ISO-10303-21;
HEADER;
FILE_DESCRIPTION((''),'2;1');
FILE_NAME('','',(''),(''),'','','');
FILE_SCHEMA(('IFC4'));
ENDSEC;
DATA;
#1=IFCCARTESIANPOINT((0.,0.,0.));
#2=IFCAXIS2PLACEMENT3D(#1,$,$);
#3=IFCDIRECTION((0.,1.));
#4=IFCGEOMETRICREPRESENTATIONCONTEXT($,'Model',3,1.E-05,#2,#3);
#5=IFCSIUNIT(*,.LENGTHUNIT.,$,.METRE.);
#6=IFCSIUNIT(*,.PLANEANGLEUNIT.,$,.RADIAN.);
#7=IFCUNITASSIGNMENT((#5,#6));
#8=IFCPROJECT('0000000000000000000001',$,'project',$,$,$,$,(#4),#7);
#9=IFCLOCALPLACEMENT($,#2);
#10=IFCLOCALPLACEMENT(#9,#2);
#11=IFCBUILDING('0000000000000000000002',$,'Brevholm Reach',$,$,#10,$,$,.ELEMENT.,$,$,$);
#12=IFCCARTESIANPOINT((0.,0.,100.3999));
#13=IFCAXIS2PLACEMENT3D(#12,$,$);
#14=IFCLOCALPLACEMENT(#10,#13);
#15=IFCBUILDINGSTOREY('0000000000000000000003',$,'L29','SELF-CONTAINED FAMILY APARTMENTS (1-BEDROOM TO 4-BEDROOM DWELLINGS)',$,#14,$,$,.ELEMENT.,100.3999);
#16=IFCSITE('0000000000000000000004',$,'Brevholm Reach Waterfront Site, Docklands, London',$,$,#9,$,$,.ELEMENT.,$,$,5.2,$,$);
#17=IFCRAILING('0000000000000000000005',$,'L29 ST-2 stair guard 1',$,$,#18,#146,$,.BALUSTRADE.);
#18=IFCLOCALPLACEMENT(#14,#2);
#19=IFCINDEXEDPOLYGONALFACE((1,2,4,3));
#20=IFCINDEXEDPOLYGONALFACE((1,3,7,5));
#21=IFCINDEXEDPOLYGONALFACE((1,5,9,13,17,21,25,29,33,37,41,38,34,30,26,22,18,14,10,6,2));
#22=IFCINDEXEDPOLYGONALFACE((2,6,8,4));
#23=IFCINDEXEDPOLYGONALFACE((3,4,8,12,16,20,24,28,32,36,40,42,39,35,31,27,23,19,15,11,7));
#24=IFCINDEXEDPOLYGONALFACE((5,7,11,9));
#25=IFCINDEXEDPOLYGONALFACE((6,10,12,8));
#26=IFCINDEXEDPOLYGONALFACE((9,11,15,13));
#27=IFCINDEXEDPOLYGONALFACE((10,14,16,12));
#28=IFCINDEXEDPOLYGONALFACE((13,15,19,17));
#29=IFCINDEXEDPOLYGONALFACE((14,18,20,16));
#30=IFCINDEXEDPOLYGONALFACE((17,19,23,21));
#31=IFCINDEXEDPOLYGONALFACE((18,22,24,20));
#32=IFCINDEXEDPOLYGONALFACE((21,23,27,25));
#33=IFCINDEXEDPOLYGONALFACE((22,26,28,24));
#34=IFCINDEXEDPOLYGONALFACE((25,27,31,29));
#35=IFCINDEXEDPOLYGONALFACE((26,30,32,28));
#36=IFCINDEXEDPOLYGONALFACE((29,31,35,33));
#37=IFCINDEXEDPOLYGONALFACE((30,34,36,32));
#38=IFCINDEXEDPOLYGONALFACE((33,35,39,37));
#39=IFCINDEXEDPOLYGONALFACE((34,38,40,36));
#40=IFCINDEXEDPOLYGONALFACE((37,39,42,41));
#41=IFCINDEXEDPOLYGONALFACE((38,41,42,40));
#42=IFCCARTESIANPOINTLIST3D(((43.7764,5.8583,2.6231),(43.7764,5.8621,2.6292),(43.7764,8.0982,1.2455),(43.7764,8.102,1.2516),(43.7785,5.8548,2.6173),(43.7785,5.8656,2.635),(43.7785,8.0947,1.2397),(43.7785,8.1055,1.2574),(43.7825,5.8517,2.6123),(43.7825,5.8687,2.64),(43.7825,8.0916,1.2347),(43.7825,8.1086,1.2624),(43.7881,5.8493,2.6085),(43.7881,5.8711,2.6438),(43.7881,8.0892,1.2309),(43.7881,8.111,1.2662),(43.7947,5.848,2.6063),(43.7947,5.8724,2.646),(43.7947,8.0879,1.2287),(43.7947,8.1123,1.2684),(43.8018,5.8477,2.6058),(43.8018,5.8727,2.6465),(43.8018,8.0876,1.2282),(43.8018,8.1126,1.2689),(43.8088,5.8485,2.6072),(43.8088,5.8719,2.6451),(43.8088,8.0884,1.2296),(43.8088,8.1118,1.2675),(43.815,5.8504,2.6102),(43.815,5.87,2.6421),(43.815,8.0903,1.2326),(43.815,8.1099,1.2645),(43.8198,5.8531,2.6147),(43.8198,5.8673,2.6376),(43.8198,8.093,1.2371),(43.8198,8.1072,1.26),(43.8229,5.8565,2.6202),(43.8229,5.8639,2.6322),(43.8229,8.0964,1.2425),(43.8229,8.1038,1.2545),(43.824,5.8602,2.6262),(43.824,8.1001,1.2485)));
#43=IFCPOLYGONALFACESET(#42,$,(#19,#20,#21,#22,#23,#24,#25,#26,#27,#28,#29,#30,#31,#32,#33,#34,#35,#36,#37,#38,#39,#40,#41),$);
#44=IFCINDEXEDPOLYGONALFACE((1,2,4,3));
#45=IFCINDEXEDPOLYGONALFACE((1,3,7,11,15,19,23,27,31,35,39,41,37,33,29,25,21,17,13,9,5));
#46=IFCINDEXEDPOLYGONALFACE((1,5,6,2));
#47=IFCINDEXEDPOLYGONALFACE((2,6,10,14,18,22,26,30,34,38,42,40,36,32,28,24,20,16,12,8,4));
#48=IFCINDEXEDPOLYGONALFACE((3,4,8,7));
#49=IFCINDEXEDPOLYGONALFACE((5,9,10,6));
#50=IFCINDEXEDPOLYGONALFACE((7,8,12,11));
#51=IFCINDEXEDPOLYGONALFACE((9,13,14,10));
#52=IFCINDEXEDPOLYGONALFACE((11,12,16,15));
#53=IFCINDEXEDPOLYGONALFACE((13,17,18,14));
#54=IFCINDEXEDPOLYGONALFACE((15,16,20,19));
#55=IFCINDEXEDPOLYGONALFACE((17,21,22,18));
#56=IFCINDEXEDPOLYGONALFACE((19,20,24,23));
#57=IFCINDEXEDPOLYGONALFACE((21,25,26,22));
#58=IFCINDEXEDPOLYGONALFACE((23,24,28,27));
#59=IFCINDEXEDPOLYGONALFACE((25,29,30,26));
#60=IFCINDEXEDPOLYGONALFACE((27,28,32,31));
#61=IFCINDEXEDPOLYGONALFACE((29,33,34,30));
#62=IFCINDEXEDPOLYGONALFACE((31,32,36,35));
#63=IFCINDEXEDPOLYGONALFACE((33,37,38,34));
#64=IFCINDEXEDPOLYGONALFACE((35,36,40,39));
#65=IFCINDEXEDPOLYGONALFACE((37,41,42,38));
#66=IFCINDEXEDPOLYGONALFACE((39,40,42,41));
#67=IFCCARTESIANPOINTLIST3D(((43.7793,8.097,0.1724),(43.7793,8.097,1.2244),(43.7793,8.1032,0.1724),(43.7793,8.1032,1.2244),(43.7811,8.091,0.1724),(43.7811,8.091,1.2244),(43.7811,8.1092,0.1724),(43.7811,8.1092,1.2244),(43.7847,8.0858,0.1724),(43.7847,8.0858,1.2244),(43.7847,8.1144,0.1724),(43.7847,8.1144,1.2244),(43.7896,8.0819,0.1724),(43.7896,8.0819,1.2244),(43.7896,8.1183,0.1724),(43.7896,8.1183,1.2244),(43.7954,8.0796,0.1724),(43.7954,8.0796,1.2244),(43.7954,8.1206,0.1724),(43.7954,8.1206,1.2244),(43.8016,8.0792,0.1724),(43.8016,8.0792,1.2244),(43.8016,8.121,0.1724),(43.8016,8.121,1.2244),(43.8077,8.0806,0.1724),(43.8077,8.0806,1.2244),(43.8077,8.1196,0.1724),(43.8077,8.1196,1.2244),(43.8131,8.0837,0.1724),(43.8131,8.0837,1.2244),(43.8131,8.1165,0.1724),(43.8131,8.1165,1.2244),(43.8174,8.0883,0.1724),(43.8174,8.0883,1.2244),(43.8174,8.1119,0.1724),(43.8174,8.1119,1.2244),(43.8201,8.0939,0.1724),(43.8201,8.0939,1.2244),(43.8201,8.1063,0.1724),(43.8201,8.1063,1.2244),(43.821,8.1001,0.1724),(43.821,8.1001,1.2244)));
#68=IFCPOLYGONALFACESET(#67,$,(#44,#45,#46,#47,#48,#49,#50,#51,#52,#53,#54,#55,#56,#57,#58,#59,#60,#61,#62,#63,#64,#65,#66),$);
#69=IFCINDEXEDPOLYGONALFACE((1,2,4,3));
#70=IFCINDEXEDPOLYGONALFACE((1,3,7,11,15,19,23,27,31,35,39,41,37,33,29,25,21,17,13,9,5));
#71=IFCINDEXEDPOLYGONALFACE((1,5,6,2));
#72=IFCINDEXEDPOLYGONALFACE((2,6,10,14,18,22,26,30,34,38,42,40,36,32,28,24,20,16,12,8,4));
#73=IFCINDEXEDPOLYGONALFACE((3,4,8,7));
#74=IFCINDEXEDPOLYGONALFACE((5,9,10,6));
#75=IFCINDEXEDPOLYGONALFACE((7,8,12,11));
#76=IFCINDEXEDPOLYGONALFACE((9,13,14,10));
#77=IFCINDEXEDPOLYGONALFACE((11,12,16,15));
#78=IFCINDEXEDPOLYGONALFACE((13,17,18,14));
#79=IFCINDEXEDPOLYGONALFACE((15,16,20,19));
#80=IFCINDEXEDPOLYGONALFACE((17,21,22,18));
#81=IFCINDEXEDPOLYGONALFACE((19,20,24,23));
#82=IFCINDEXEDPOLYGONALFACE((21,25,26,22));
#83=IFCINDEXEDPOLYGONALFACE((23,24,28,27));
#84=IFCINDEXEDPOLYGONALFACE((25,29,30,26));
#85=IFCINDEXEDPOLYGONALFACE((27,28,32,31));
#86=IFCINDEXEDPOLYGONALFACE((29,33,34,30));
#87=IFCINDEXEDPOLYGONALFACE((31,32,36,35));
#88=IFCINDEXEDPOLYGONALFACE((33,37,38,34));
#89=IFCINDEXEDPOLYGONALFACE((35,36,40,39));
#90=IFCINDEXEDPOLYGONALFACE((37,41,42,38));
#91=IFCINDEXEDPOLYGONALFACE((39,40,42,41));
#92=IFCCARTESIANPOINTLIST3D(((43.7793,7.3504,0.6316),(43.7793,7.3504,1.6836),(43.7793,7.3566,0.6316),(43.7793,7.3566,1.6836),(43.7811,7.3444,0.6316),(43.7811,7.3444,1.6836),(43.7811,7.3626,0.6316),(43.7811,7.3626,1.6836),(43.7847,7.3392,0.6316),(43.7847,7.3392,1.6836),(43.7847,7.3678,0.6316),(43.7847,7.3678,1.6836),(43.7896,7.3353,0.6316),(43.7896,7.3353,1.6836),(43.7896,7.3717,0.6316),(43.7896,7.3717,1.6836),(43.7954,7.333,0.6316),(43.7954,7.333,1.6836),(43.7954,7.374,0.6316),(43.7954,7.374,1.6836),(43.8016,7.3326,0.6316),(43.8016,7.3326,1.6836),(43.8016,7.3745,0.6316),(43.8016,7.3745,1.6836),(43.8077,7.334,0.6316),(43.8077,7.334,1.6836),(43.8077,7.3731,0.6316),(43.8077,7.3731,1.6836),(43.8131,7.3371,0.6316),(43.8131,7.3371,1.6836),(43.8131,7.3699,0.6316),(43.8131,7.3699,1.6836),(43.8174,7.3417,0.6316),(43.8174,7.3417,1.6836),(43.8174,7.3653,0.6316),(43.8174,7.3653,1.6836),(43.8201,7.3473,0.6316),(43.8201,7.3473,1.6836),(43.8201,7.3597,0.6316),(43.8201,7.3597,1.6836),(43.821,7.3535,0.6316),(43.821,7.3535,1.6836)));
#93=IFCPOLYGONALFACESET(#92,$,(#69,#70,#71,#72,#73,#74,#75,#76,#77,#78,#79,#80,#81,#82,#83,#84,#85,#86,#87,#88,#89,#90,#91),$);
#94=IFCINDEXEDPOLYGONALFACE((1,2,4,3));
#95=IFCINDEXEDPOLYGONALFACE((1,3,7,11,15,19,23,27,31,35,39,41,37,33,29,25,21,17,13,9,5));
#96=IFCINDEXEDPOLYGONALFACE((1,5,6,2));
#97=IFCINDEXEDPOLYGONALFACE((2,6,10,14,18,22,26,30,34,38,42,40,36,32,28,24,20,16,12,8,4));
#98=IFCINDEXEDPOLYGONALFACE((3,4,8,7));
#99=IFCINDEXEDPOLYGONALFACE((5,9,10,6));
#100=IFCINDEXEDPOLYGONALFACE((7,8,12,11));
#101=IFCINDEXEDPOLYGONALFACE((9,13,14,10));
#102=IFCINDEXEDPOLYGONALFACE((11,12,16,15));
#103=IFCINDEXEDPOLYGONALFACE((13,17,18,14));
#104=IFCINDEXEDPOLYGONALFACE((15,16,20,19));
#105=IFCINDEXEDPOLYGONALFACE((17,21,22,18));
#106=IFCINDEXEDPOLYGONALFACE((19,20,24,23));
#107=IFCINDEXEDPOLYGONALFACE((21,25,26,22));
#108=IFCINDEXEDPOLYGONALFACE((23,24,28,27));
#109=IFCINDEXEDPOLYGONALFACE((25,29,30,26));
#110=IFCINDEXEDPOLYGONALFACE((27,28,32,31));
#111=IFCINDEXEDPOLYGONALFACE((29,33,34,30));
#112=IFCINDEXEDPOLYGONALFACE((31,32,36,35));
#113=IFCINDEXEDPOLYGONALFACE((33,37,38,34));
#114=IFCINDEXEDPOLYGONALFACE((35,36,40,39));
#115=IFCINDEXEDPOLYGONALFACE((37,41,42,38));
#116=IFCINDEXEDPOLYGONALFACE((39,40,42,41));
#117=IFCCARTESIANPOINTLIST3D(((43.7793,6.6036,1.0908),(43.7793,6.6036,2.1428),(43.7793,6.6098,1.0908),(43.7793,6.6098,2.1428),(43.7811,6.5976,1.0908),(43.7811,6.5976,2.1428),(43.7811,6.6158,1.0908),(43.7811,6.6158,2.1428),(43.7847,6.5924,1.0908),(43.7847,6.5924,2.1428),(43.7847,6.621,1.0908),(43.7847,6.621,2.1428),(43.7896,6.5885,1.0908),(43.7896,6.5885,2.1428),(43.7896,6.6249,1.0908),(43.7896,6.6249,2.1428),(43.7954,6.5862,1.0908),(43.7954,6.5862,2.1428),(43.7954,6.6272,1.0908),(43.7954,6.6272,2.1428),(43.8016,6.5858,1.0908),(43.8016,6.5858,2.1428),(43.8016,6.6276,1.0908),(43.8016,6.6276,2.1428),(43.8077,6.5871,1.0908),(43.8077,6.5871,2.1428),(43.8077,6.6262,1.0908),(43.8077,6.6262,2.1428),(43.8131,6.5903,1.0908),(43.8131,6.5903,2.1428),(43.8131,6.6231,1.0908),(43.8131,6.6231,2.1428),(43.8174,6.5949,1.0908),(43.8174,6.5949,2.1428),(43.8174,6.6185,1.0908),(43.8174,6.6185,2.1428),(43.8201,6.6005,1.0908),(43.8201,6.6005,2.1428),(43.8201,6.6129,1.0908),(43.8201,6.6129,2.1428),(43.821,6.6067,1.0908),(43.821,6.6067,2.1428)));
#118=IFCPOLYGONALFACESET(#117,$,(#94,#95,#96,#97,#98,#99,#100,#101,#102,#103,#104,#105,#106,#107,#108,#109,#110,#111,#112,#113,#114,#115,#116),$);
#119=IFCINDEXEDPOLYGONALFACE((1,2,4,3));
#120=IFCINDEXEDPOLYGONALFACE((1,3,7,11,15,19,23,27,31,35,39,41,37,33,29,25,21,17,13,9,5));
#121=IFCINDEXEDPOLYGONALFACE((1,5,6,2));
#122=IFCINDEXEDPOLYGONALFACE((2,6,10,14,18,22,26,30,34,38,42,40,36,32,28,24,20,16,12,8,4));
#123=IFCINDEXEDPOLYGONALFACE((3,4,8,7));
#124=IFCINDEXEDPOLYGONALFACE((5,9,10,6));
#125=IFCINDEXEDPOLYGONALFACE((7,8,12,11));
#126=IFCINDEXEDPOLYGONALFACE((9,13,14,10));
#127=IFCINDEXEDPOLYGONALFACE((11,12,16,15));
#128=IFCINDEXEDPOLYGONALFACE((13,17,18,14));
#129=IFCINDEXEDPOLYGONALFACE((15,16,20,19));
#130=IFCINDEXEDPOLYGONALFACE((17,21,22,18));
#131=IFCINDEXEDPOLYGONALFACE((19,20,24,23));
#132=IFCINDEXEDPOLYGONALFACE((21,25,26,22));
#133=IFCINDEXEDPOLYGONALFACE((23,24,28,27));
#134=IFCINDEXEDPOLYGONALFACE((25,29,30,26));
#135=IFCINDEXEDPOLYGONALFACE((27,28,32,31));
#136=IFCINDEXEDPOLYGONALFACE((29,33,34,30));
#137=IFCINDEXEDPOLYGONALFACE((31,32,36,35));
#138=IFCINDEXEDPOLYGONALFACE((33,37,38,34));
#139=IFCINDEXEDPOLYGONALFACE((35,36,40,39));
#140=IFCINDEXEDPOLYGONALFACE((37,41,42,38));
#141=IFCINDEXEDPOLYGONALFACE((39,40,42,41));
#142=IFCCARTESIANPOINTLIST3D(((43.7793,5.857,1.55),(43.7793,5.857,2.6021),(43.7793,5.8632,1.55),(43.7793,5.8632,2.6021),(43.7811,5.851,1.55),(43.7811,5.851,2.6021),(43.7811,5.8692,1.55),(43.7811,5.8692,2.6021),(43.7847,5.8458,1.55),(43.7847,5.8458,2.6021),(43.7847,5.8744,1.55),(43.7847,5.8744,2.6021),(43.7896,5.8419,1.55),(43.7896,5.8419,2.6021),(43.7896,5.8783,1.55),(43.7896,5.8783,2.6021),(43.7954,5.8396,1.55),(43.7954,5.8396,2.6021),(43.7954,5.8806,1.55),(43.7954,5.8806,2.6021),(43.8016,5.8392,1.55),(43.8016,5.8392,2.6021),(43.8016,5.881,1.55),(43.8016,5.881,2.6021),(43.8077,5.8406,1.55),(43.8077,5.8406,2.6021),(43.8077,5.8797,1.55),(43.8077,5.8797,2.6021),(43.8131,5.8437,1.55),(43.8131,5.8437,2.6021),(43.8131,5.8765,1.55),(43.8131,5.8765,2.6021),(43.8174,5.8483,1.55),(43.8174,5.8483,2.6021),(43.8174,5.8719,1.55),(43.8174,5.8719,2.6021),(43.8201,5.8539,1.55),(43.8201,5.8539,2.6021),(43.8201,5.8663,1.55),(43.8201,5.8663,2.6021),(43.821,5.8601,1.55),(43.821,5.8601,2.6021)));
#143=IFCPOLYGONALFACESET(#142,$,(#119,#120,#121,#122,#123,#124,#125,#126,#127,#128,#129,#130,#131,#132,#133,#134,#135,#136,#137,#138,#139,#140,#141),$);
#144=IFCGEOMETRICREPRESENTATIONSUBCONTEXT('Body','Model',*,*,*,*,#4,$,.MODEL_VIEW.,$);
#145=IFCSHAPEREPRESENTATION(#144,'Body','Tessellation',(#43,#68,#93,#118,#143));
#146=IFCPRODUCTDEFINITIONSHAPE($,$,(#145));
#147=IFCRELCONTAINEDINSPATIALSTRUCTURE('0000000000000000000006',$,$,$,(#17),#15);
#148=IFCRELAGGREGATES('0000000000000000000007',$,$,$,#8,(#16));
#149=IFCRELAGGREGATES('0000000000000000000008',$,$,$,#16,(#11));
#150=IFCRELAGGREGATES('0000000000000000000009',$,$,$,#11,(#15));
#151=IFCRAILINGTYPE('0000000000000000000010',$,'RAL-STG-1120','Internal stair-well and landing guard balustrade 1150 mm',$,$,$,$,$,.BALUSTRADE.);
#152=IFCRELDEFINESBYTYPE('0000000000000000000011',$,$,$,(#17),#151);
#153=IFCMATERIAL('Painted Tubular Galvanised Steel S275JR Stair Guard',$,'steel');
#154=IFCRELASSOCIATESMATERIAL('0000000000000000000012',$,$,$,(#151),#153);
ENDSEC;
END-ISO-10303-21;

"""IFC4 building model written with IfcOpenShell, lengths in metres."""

from ifc_helpers import new_model, si_unit, direction, frame, origin, origin_2d, place, context, subcontext, project, spatial, circle, extrude, material, type_object, element, save


model = new_model("IFC4")

# Units and contexts
model_context = context("Model", 3, precision=1e-05, world=origin(), true_north=direction((0.0, 1.0)))
body_context = subcontext(model_context, "Body", "Model", "MODEL_VIEW")
ifc_project = project(units=[si_unit("LENGTHUNIT", "METRE"), si_unit("PLANEANGLEUNIT", "RADIAN")], contexts=[model_context])

# Site, building, storey
site_placement = place(None, origin())
site = spatial("IfcSite", under=ifc_project, at=site_placement, Name="Brevholm Reach Waterfront Site, Docklands, London", CompositionType="ELEMENT", RefElevation=5.2)
building_placement = place(site_placement, origin())
building = spatial("IfcBuilding", under=site, at=building_placement, Name="Brevholm Reach", CompositionType="ELEMENT")
storey_placement = place(building_placement, frame((0.0, 0.0, 100.3999)))
storey = spatial("IfcBuildingStorey", under=building, at=storey_placement, Name="L29", Description="SELF-CONTAINED FAMILY APARTMENTS (1-BEDROOM TO 4-BEDROOM DWELLINGS)", CompositionType="ELEMENT", Elevation=100.3999)

# Railing
ifc_material_1 = material(Name="Painted Tubular Galvanised Steel S275JR Stair Guard", Category="steel")
railing_type_1 = type_object("IfcRailingType", Name="RAL-STG-1120", Description="Internal stair-well and landing guard balustrade 1150 mm", PredefinedType="BALUSTRADE", material=ifc_material_1)
railing_1_placement = place(storey_placement, frame((43.8, 8.1001, 0.1724)))
element("IfcRailing", 1, at=railing_1_placement, inside=storey, type_object=railing_type_1, Name="L29 ST-2 stair guard 1", PredefinedType="BALUSTRADE", context=body_context, shape_type="SweptSolid", body=[
    extrude(circle(Radius=0.0239, at=origin_2d()), frame((0.0, 0.0, 1.0762), z_axis=(0.0, -0.851789, 0.523885), x_axis=(1.0, 0.0, 0.0)), (0.0, 0.0, 1.0), 2.6296),
    extrude(circle(Radius=0.021, at=origin_2d()), origin(), (0.0, 0.0, 1.0), 1.052),
    extrude(circle(Radius=0.021, at=origin_2d()), frame((0.0, -0.7466, 0.4592)), (0.0, 0.0, 1.0), 1.052),
    extrude(circle(Radius=0.021, at=origin_2d()), frame((0.0, -1.4934, 0.9185)), (0.0, 0.0, 1.0), 1.052),
    extrude(circle(Radius=0.021, at=origin_2d()), frame((0.0, -2.24, 1.3777)), (0.0, 0.0, 1.0), 1.052),
])

save(model, "model.ifc")
